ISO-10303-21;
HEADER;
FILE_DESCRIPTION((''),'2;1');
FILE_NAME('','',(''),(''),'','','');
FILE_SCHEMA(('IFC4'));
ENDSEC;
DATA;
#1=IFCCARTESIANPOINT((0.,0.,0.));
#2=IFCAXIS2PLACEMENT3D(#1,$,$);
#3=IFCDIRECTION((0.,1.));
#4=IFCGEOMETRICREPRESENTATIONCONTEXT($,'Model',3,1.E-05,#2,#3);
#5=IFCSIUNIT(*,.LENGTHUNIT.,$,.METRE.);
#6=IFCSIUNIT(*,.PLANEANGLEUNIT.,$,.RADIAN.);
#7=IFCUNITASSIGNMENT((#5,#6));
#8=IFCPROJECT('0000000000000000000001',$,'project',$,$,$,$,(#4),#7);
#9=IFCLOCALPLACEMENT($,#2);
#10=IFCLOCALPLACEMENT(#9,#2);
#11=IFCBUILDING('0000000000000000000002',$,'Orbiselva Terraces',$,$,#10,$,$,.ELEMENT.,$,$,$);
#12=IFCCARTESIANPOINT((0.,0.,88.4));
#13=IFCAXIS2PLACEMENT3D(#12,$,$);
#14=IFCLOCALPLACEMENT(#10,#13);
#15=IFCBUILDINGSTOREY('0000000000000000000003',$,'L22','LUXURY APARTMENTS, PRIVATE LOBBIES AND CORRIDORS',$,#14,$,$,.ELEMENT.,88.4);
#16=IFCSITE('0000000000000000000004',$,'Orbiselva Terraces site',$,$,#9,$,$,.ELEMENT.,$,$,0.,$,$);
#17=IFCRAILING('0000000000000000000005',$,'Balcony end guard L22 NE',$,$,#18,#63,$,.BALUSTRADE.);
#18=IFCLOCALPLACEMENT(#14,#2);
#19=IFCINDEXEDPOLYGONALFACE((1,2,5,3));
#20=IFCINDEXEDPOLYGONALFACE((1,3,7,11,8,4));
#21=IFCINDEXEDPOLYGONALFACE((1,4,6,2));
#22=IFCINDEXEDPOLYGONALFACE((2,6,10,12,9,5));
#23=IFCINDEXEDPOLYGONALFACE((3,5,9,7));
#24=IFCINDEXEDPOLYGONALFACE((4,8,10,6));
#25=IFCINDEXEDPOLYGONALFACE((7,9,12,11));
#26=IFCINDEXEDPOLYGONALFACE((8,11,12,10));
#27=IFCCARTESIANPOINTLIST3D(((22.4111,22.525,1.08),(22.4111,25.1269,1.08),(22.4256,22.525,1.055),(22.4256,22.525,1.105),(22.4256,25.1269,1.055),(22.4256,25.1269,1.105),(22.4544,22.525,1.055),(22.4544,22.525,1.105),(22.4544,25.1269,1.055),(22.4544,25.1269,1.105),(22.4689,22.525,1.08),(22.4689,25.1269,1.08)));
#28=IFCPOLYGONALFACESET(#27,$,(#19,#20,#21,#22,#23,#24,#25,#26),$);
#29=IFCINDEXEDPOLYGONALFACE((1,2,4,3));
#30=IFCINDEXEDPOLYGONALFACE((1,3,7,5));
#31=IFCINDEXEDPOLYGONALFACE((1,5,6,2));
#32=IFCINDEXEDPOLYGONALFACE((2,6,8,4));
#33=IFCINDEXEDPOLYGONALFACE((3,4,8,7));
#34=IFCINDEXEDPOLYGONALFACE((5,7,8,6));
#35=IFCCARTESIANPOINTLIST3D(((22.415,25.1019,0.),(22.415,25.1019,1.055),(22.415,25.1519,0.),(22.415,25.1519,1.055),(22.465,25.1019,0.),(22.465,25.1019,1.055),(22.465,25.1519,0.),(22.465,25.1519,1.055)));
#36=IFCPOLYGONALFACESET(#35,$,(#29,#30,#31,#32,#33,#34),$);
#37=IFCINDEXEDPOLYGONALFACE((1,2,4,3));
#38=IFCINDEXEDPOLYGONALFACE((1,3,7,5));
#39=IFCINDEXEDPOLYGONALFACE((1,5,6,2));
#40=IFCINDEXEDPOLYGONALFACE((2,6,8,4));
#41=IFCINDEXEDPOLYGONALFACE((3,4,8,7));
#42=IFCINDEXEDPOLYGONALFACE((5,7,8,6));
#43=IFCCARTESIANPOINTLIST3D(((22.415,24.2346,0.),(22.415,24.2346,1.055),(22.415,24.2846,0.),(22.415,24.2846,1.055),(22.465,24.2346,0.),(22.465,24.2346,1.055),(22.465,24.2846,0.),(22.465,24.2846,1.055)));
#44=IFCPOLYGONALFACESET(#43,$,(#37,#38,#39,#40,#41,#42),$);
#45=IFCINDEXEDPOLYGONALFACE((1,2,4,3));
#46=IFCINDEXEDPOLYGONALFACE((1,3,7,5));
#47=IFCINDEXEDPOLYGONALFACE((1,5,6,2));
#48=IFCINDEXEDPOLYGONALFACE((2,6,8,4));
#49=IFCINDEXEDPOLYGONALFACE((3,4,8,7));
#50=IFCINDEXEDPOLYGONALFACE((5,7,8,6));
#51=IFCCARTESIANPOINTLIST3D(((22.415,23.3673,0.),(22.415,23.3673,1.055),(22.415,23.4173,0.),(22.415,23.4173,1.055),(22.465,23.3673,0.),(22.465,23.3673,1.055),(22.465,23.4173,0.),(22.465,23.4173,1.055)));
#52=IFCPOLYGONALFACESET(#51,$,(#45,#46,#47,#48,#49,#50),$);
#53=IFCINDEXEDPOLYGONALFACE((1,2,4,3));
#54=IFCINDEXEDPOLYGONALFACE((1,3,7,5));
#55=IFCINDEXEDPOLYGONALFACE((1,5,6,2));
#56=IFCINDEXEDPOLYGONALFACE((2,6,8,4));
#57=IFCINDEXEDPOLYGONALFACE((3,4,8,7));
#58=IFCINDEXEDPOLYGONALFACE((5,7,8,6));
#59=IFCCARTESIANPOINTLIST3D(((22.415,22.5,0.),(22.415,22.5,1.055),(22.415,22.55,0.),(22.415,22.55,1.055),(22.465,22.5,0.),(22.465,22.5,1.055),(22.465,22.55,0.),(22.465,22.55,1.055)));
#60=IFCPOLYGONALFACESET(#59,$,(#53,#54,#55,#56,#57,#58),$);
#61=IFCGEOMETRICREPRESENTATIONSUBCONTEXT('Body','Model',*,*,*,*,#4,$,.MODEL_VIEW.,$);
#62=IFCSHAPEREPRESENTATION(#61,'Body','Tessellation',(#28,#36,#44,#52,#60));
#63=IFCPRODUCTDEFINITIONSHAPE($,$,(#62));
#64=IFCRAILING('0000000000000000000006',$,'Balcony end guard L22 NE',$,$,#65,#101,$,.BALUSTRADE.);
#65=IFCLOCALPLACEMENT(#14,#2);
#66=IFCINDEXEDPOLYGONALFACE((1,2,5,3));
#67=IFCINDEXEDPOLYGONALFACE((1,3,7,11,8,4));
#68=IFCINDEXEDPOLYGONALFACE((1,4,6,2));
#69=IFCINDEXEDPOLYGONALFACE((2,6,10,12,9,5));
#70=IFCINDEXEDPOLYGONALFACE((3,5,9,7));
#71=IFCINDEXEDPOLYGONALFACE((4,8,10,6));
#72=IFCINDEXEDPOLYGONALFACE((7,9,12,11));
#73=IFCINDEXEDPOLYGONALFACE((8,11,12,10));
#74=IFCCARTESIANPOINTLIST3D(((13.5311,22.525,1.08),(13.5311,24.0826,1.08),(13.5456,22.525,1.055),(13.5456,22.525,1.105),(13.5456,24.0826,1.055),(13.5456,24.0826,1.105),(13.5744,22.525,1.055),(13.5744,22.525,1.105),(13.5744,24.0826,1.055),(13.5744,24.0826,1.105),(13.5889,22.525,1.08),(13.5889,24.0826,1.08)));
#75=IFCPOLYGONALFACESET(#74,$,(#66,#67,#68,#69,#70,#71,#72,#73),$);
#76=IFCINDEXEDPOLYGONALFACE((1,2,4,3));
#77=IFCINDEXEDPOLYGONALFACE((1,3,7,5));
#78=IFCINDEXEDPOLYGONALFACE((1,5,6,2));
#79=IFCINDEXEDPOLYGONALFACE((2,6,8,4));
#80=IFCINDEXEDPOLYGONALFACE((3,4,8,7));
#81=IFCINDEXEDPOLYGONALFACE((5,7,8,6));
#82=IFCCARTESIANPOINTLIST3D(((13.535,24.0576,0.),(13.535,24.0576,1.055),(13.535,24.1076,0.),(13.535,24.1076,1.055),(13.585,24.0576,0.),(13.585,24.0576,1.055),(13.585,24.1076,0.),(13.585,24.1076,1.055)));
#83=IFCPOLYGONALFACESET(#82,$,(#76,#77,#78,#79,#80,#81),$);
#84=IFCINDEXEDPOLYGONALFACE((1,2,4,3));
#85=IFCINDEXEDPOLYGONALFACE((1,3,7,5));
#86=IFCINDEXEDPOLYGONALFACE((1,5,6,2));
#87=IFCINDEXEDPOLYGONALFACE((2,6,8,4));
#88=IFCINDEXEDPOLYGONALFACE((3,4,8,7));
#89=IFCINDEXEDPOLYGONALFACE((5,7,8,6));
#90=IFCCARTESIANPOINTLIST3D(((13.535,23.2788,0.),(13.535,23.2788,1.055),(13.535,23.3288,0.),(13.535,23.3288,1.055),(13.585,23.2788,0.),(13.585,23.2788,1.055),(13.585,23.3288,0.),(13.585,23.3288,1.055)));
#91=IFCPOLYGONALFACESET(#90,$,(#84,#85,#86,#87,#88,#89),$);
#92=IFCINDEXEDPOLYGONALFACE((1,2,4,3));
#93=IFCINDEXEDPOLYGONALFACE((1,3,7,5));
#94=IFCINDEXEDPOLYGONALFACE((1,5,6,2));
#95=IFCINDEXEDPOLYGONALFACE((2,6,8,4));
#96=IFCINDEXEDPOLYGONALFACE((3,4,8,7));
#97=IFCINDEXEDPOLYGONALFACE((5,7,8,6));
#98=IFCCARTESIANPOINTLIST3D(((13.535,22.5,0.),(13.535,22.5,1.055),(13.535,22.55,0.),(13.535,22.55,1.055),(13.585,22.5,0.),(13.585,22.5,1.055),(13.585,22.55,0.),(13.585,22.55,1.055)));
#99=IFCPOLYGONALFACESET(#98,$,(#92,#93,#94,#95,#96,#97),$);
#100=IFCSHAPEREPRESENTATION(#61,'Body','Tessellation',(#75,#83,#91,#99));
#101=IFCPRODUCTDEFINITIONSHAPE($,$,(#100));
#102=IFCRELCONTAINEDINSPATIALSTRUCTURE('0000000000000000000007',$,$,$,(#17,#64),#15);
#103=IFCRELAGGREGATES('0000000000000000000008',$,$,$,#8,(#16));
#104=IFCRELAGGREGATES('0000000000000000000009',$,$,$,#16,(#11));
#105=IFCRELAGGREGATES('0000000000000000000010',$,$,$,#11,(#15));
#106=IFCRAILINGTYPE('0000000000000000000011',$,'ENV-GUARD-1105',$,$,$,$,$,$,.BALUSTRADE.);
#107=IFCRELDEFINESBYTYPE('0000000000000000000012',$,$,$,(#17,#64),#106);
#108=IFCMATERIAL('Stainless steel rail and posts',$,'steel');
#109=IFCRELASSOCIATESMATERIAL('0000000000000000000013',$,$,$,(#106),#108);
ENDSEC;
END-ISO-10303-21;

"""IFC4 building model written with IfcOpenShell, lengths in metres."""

from ifc_helpers import new_model, si_unit, direction, frame, origin, origin_2d, place, context, subcontext, project, spatial, polyline, rectangle, outline, extrude, material, type_object, element, save


model = new_model("IFC4")

# Units and contexts
model_context = context("Model", 3, precision=1e-05, world=origin(), true_north=direction((0.0, 1.0)))
body_context = subcontext(model_context, "Body", "Model", "MODEL_VIEW")
ifc_project = project(units=[si_unit("LENGTHUNIT", "METRE"), si_unit("PLANEANGLEUNIT", "RADIAN")], contexts=[model_context])

# Site, building, storey
site_placement = place(None, origin())
site = spatial("IfcSite", under=ifc_project, at=site_placement, Name="Orbiselva Terraces site", CompositionType="ELEMENT", RefElevation=0.0)
building_placement = place(site_placement, origin())
building = spatial("IfcBuilding", under=site, at=building_placement, Name="Orbiselva Terraces", CompositionType="ELEMENT")
storey_placement = place(building_placement, frame((0.0, 0.0, 88.4)))
storey = spatial("IfcBuildingStorey", under=building, at=storey_placement, Name="L22", Description="LUXURY APARTMENTS, PRIVATE LOBBIES AND CORRIDORS", CompositionType="ELEMENT", Elevation=88.4)

# Railings
ifc_material_1 = material(Name="Stainless steel rail and posts", Category="steel")
railing_type_1 = type_object("IfcRailingType", Name="ENV-GUARD-1105", PredefinedType="BALUSTRADE", material=ifc_material_1)
railing_1_placement = place(storey_placement, frame((22.44, 25.1269, 0.0)))
element("IfcRailing", 1, at=railing_1_placement, inside=storey, type_object=railing_type_1, Name="Balcony end guard L22 NE", PredefinedType="BALUSTRADE", context=body_context, shape_type="SweptSolid", body=[
    extrude(outline(polyline([(0.0289, 0.0), (0.0144, 0.025), (-0.0144, 0.025), (-0.0289, 0.0), (-0.0144, -0.025), (0.0144, -0.025), (0.0289, 0.0)])), frame((0.0, 0.0, 1.08), z_axis=(0.0, -1.0, 0.0), x_axis=(1.0, 0.0, 0.0)), (0.0, 0.0, 1.0), 2.6019),
    extrude(rectangle(XDim=0.05, YDim=0.05, at=origin_2d()), origin(), (0.0, 0.0, 1.0), 1.055),
    extrude(rectangle(XDim=0.05, YDim=0.05, at=origin_2d()), frame((0.0, -0.8673, 0.0)), (0.0, 0.0, 1.0), 1.055),
    extrude(rectangle(XDim=0.05, YDim=0.05, at=origin_2d()), frame((0.0, -1.7346, 0.0)), (0.0, 0.0, 1.0), 1.055),
    extrude(rectangle(XDim=0.05, YDim=0.05, at=origin_2d()), frame((0.0, -2.6019, 0.0)), (0.0, 0.0, 1.0), 1.055),
])
railing_2_placement = place(storey_placement, frame((13.56, 24.0826, 0.0)))
element("IfcRailing", 2, at=railing_2_placement, inside=storey, type_object=railing_type_1, Name="Balcony end guard L22 NE", PredefinedType="BALUSTRADE", context=body_context, shape_type="SweptSolid", body=[
    extrude(outline(polyline([(0.0289, 0.0), (0.0144, 0.025), (-0.0144, 0.025), (-0.0289, 0.0), (-0.0144, -0.025), (0.0144, -0.025), (0.0289, 0.0)])), frame((0.0, 0.0, 1.08), z_axis=(0.0, -1.0, 0.0), x_axis=(1.0, 0.0, 0.0)), (0.0, 0.0, 1.0), 1.5576),
    extrude(rectangle(XDim=0.05, YDim=0.05, at=origin_2d()), origin(), (0.0, 0.0, 1.0), 1.055),
    extrude(rectangle(XDim=0.05, YDim=0.05, at=origin_2d()), frame((0.0, -0.7788, 0.0)), (0.0, 0.0, 1.0), 1.055),
    extrude(rectangle(XDim=0.05, YDim=0.05, at=origin_2d()), frame((0.0, -1.5576, 0.0)), (0.0, 0.0, 1.0), 1.055),
])

save(model, "model.ifc")
